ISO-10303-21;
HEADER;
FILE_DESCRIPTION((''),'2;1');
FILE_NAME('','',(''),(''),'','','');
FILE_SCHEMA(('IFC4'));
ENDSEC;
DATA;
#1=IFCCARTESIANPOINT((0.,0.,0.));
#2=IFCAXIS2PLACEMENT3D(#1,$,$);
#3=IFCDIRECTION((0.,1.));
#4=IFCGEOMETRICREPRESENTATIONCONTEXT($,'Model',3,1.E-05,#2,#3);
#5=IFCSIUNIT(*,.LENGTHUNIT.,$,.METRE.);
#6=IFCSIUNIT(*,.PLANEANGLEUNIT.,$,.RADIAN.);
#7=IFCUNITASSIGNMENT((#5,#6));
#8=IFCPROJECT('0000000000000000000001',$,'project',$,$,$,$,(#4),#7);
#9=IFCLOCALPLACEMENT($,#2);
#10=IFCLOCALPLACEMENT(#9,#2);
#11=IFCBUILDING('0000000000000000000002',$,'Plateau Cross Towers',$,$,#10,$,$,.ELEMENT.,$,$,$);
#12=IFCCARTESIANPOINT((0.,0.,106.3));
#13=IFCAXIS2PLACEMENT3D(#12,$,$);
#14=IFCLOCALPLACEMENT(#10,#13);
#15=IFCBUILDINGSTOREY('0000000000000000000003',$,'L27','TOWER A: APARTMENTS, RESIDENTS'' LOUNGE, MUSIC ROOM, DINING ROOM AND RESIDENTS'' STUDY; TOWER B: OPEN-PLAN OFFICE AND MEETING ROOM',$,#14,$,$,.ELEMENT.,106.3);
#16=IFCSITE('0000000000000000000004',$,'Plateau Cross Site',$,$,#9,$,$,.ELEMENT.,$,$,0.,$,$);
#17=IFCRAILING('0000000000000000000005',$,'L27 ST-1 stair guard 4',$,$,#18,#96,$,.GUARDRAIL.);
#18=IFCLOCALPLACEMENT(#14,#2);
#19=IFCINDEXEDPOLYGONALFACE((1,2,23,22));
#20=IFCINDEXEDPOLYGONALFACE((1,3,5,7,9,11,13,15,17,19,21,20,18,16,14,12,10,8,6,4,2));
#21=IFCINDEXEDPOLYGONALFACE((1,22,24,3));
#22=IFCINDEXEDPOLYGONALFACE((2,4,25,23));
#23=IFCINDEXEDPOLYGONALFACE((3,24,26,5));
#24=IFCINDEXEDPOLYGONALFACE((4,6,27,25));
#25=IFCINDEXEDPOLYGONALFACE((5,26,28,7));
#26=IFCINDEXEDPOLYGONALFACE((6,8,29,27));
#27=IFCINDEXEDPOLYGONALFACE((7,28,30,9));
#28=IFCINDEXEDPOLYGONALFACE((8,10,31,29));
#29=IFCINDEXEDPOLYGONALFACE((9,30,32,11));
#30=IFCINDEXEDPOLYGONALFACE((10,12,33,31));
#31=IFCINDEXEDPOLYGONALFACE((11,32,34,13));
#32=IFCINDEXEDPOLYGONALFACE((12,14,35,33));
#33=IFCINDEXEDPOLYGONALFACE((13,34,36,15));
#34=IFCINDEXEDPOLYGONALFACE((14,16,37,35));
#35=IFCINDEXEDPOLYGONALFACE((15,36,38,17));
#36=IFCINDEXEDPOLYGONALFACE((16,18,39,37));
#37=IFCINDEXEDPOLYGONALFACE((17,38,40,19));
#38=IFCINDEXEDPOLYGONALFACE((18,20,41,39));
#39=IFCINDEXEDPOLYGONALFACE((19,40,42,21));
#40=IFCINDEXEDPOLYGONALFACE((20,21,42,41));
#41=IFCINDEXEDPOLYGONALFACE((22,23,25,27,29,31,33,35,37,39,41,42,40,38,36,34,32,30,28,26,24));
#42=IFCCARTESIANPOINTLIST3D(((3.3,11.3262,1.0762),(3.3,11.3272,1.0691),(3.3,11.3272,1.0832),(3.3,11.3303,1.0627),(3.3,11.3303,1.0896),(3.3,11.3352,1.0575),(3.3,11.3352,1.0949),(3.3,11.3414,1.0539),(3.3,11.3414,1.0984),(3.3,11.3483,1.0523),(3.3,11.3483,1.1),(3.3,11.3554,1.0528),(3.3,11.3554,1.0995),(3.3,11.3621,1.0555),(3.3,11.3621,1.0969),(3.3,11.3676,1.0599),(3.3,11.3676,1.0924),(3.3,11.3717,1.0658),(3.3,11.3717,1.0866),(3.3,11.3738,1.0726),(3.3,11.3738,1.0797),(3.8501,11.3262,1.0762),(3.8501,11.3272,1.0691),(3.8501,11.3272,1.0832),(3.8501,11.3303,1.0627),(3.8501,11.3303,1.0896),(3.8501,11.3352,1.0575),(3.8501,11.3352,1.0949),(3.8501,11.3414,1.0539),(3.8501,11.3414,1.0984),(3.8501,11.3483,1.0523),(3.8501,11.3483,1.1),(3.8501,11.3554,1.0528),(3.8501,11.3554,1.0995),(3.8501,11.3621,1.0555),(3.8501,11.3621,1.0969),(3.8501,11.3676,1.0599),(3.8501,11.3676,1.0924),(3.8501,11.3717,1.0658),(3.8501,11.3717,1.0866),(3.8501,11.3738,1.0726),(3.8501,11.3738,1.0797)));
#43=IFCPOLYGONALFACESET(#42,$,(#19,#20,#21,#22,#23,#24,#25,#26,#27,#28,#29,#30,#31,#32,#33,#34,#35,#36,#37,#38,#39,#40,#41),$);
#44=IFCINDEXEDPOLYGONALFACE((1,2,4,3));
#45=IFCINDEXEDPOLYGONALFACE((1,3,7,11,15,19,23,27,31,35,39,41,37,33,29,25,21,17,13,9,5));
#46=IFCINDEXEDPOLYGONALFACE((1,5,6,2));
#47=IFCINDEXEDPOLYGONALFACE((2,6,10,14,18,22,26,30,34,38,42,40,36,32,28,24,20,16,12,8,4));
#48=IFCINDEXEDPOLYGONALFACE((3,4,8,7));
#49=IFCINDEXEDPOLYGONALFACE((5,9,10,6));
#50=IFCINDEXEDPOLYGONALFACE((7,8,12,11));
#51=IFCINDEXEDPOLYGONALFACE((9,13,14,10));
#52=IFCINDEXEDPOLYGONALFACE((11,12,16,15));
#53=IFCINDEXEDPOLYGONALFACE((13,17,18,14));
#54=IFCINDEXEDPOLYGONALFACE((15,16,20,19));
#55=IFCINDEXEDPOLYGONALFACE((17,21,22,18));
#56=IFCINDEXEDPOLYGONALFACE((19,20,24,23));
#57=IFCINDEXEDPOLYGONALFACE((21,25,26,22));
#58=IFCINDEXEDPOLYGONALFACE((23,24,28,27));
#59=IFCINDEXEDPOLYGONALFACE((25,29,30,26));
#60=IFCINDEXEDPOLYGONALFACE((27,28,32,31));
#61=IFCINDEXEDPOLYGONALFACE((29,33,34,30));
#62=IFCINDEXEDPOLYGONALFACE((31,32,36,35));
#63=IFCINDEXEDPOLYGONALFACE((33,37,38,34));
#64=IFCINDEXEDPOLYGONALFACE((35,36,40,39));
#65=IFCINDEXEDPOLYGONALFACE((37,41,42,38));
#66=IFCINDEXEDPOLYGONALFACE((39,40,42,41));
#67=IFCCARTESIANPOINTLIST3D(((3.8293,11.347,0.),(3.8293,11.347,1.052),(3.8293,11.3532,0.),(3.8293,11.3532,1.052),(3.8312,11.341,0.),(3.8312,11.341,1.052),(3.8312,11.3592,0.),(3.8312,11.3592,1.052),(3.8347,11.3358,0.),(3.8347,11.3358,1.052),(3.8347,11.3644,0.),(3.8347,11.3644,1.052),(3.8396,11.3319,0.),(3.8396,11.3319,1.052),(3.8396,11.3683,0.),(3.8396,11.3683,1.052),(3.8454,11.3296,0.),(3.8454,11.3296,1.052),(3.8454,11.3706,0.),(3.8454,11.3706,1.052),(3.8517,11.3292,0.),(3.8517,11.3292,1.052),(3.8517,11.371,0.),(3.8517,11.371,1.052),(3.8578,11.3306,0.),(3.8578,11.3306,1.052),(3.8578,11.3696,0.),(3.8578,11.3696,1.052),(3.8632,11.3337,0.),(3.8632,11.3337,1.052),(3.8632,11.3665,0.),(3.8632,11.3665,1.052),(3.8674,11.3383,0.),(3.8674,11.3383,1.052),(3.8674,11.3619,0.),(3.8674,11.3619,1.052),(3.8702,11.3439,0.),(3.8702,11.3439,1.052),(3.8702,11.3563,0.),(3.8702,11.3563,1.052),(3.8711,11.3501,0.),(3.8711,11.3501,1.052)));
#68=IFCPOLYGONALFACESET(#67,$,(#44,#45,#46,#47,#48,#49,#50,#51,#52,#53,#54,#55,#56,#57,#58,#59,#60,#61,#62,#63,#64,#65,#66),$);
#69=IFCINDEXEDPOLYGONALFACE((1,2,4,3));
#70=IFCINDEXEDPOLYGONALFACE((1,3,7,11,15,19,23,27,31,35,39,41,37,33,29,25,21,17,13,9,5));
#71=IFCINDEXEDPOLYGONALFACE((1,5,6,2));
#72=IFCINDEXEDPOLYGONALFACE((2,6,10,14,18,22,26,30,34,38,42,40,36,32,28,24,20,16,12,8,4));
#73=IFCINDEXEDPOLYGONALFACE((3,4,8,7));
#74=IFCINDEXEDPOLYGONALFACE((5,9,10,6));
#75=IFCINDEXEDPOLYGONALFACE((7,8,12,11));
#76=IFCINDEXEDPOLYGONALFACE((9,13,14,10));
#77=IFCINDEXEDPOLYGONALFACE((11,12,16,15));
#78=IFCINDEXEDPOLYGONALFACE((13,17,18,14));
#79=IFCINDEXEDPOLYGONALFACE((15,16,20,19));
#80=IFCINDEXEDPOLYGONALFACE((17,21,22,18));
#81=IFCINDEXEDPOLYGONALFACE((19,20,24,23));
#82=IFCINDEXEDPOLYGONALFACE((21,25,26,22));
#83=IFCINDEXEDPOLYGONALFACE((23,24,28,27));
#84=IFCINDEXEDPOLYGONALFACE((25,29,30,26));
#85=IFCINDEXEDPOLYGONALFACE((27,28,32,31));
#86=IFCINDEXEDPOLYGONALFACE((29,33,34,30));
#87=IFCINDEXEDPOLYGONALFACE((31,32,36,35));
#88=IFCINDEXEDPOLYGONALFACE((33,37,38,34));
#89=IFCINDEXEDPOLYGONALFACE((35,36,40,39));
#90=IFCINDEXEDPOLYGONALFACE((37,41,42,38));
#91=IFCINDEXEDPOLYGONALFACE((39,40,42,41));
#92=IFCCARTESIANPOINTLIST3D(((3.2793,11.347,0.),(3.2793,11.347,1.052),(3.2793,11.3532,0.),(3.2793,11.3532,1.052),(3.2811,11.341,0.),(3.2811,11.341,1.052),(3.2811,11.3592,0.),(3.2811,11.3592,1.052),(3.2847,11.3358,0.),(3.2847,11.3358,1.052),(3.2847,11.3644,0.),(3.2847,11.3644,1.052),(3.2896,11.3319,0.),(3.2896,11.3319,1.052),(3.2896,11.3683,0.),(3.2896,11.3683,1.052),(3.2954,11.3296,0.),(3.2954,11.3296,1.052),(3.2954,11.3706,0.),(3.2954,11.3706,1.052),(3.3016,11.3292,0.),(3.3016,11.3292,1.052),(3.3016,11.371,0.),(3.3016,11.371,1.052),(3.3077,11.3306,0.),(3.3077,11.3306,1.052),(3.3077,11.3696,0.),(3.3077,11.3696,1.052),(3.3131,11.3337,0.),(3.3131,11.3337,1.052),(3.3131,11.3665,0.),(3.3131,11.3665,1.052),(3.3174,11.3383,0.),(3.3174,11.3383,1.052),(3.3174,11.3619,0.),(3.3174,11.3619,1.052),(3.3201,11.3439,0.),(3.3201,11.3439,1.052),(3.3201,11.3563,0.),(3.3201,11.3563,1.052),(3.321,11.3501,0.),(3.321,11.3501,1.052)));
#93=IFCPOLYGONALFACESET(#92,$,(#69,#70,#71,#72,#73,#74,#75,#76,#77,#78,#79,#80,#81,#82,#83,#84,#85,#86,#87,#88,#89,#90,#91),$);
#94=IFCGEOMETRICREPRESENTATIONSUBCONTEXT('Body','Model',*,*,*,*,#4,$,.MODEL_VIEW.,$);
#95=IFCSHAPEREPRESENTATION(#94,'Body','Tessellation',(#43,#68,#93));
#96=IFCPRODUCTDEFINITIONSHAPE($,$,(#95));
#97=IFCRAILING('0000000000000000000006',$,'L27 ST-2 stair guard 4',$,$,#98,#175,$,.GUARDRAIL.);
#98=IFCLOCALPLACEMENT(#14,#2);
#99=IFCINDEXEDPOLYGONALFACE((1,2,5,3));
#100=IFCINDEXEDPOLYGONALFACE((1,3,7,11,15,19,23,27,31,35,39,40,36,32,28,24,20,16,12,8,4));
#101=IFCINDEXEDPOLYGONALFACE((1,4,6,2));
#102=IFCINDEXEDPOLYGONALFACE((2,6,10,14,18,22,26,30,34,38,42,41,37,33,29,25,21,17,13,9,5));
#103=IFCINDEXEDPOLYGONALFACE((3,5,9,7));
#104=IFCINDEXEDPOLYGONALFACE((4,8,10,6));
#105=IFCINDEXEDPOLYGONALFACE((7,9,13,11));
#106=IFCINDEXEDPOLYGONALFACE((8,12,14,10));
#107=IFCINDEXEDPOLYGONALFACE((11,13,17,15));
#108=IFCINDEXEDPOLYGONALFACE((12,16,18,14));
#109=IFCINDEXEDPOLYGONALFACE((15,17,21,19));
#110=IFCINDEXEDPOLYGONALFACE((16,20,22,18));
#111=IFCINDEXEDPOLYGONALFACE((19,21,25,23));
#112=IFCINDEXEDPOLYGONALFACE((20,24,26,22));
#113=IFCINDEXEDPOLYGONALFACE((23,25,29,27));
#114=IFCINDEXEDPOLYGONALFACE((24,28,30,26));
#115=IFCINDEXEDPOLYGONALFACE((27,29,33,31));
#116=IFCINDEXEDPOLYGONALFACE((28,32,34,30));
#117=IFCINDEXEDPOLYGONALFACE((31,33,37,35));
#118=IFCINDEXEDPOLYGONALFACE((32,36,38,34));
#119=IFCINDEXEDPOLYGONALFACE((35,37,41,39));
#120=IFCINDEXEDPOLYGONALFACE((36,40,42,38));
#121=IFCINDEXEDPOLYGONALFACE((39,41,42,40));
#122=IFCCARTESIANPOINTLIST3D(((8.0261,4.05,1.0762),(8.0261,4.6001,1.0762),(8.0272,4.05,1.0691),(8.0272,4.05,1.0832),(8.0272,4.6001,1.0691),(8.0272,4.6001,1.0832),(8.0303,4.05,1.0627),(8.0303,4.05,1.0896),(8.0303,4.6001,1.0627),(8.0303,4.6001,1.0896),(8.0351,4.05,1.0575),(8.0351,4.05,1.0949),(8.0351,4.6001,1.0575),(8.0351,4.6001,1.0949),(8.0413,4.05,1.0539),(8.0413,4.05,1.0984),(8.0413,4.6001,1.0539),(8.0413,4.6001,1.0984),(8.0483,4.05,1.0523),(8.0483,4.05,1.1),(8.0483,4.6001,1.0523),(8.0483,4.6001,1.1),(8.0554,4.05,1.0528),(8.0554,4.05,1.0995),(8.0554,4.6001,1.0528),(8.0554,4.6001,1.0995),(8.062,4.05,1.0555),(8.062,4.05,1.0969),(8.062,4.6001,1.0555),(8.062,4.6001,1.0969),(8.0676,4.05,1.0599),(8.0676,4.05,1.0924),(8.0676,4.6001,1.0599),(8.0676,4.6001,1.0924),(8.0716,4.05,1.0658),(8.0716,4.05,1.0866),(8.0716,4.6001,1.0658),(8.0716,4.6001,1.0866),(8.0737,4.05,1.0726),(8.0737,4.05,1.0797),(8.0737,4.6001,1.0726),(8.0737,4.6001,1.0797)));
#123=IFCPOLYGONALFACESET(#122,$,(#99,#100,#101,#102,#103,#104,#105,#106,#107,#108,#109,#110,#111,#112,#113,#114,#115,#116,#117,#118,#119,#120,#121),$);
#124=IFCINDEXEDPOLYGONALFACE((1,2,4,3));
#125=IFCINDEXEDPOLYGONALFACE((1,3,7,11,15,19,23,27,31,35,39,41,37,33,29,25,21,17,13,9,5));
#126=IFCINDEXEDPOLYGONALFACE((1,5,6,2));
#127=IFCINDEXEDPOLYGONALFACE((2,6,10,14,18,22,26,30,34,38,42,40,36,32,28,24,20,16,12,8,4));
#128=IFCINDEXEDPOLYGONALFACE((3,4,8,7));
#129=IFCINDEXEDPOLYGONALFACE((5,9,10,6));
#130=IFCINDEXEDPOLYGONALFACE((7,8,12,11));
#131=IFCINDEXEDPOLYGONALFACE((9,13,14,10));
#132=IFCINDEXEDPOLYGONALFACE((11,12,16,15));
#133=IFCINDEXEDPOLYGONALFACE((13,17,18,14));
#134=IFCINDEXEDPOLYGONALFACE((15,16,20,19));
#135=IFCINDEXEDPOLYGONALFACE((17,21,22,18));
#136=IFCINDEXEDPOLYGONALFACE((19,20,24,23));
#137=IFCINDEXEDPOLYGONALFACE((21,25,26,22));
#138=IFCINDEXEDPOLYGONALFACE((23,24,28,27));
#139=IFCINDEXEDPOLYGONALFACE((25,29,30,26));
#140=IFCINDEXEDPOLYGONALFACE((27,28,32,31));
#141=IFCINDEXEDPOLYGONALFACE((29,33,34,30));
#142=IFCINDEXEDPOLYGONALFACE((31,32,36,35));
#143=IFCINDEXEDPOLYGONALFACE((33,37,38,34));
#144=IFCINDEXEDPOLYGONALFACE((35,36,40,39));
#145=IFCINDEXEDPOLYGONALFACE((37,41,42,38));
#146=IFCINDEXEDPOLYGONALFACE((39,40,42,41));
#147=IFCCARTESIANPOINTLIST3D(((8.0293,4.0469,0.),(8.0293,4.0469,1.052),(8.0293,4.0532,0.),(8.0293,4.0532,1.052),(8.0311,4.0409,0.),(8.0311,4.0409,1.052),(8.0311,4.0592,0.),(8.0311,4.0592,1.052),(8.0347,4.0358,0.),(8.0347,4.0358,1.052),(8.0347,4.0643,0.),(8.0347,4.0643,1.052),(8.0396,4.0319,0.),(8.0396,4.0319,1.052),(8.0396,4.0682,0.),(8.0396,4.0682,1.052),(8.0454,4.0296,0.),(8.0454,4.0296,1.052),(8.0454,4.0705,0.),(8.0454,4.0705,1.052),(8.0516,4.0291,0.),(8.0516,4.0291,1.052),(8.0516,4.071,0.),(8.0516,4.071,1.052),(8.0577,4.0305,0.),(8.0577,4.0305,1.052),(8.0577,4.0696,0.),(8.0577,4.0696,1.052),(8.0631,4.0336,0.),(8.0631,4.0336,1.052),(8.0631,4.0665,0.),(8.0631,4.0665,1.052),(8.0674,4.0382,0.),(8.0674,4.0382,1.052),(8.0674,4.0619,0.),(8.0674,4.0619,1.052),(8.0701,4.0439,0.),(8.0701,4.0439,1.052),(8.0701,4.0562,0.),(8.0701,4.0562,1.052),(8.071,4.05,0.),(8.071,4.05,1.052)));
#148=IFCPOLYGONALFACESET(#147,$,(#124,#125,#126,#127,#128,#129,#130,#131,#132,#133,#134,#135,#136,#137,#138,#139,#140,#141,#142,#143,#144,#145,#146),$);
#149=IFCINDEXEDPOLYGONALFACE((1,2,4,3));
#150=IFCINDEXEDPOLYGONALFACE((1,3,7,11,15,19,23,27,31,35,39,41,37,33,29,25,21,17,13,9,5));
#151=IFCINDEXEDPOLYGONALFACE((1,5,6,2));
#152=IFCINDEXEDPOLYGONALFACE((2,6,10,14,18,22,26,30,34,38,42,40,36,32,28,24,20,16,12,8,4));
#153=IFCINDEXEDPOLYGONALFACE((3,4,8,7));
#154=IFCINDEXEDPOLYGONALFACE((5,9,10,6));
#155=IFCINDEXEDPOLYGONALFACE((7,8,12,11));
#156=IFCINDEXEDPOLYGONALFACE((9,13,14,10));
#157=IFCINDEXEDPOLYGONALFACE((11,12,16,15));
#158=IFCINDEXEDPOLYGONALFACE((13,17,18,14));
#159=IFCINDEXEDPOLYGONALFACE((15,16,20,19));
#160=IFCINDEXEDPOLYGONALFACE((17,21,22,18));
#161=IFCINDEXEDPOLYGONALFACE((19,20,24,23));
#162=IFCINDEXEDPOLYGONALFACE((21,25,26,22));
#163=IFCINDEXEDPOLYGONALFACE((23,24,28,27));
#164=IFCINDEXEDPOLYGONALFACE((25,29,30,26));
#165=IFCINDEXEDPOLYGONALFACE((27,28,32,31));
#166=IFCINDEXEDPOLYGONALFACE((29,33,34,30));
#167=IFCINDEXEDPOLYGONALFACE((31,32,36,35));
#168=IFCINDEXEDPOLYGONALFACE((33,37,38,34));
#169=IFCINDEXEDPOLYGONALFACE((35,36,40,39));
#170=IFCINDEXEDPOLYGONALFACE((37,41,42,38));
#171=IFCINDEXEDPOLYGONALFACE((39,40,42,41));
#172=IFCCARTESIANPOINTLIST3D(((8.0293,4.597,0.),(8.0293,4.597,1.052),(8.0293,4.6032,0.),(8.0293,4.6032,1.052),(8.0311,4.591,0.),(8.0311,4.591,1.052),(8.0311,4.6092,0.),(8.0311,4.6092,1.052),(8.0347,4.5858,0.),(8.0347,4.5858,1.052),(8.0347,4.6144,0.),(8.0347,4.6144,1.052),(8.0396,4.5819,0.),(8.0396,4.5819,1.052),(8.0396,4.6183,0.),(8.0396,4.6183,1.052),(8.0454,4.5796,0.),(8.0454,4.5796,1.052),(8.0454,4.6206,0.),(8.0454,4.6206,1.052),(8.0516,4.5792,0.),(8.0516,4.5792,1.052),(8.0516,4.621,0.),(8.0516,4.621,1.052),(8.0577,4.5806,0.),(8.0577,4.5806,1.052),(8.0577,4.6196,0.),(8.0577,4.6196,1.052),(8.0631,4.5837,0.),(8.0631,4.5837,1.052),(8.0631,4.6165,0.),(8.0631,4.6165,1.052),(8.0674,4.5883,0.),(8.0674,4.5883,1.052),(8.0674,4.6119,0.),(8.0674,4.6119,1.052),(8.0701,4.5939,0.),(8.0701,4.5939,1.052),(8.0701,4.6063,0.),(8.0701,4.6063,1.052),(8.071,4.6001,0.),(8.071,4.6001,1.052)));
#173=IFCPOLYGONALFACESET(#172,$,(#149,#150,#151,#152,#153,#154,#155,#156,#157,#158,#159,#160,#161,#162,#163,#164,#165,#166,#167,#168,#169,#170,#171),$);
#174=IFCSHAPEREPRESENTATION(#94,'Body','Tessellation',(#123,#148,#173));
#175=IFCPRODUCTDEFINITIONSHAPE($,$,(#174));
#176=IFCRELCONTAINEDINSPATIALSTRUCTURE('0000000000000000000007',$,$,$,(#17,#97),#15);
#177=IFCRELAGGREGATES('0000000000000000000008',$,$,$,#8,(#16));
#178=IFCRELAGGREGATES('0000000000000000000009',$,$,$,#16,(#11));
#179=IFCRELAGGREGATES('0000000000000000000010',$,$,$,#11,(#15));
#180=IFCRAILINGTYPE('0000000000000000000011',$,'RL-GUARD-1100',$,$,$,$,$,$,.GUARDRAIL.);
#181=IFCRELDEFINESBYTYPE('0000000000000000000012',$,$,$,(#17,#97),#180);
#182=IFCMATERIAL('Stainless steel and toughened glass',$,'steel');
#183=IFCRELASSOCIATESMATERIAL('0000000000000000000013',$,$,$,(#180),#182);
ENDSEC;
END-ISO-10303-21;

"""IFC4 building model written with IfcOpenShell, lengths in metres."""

from ifc_helpers import new_model, si_unit, direction, frame, origin, origin_2d, place, context, subcontext, project, spatial, circle, extrude, material, type_object, element, save


model = new_model("IFC4")

# Units and contexts
model_context = context("Model", 3, precision=1e-05, world=origin(), true_north=direction((0.0, 1.0)))
body_context = subcontext(model_context, "Body", "Model", "MODEL_VIEW")
ifc_project = project(units=[si_unit("LENGTHUNIT", "METRE"), si_unit("PLANEANGLEUNIT", "RADIAN")], contexts=[model_context])

# Site, building, storey
site_placement = place(None, origin())
site = spatial("IfcSite", under=ifc_project, at=site_placement, Name="Plateau Cross Site", CompositionType="ELEMENT", RefElevation=0.0)
building_placement = place(site_placement, origin())
building = spatial("IfcBuilding", under=site, at=building_placement, Name="Plateau Cross Towers", CompositionType="ELEMENT")
storey_placement = place(building_placement, frame((0.0, 0.0, 106.3)))
storey = spatial("IfcBuildingStorey", under=building, at=storey_placement, Name="L27", Description="TOWER A: APARTMENTS, RESIDENTS' LOUNGE, MUSIC ROOM, DINING ROOM AND RESIDENTS' STUDY; TOWER B: OPEN-PLAN OFFICE AND MEETING ROOM", CompositionType="ELEMENT", Elevation=106.3)

# Railings
ifc_material_1 = material(Name="Stainless steel and toughened glass", Category="steel")
railing_type = type_object("IfcRailingType", Name="RL-GUARD-1100", PredefinedType="GUARDRAIL", material=ifc_material_1)
railing_1_placement = place(storey_placement, frame((3.8501, 11.3501, 0.0)))
element("IfcRailing", 1, at=railing_1_placement, inside=storey, type_object=railing_type, Name="L27 ST-1 stair guard 4", PredefinedType="GUARDRAIL", context=body_context, shape_type="SweptSolid", body=[
    extrude(circle(Radius=0.0239, at=origin_2d()), frame((0.0, 0.0, 1.0762), z_axis=(-1.0, 0.0, 0.0), x_axis=(0.0, -1.0, 0.0)), (0.0, 0.0, 1.0), 0.55),
    extrude(circle(Radius=0.021, at=origin_2d()), origin(), (0.0, 0.0, 1.0), 1.052),
    extrude(circle(Radius=0.021, at=origin_2d()), frame((-0.55, 0.0, 0.0)), (0.0, 0.0, 1.0), 1.052),
])
railing_2_placement = place(storey_placement, frame((8.05, 4.05, 0.0)))
element("IfcRailing", 2, at=railing_2_placement, inside=storey, type_object=railing_type, Name="L27 ST-2 stair guard 4", PredefinedType="GUARDRAIL", context=body_context, shape_type="SweptSolid", body=[
    extrude(circle(Radius=0.0239, at=origin_2d()), frame((0.0, 0.0, 1.0762), z_axis=(0.0, 1.0, 0.0), x_axis=(-1.0, 0.0, 0.0)), (0.0, 0.0, 1.0), 0.55),
    extrude(circle(Radius=0.021, at=origin_2d()), origin(), (0.0, 0.0, 1.0), 1.052),
    extrude(circle(Radius=0.021, at=origin_2d()), frame((0.0, 0.55, 0.0)), (0.0, 0.0, 1.0), 1.052),
])

save(model, "model.ifc")
